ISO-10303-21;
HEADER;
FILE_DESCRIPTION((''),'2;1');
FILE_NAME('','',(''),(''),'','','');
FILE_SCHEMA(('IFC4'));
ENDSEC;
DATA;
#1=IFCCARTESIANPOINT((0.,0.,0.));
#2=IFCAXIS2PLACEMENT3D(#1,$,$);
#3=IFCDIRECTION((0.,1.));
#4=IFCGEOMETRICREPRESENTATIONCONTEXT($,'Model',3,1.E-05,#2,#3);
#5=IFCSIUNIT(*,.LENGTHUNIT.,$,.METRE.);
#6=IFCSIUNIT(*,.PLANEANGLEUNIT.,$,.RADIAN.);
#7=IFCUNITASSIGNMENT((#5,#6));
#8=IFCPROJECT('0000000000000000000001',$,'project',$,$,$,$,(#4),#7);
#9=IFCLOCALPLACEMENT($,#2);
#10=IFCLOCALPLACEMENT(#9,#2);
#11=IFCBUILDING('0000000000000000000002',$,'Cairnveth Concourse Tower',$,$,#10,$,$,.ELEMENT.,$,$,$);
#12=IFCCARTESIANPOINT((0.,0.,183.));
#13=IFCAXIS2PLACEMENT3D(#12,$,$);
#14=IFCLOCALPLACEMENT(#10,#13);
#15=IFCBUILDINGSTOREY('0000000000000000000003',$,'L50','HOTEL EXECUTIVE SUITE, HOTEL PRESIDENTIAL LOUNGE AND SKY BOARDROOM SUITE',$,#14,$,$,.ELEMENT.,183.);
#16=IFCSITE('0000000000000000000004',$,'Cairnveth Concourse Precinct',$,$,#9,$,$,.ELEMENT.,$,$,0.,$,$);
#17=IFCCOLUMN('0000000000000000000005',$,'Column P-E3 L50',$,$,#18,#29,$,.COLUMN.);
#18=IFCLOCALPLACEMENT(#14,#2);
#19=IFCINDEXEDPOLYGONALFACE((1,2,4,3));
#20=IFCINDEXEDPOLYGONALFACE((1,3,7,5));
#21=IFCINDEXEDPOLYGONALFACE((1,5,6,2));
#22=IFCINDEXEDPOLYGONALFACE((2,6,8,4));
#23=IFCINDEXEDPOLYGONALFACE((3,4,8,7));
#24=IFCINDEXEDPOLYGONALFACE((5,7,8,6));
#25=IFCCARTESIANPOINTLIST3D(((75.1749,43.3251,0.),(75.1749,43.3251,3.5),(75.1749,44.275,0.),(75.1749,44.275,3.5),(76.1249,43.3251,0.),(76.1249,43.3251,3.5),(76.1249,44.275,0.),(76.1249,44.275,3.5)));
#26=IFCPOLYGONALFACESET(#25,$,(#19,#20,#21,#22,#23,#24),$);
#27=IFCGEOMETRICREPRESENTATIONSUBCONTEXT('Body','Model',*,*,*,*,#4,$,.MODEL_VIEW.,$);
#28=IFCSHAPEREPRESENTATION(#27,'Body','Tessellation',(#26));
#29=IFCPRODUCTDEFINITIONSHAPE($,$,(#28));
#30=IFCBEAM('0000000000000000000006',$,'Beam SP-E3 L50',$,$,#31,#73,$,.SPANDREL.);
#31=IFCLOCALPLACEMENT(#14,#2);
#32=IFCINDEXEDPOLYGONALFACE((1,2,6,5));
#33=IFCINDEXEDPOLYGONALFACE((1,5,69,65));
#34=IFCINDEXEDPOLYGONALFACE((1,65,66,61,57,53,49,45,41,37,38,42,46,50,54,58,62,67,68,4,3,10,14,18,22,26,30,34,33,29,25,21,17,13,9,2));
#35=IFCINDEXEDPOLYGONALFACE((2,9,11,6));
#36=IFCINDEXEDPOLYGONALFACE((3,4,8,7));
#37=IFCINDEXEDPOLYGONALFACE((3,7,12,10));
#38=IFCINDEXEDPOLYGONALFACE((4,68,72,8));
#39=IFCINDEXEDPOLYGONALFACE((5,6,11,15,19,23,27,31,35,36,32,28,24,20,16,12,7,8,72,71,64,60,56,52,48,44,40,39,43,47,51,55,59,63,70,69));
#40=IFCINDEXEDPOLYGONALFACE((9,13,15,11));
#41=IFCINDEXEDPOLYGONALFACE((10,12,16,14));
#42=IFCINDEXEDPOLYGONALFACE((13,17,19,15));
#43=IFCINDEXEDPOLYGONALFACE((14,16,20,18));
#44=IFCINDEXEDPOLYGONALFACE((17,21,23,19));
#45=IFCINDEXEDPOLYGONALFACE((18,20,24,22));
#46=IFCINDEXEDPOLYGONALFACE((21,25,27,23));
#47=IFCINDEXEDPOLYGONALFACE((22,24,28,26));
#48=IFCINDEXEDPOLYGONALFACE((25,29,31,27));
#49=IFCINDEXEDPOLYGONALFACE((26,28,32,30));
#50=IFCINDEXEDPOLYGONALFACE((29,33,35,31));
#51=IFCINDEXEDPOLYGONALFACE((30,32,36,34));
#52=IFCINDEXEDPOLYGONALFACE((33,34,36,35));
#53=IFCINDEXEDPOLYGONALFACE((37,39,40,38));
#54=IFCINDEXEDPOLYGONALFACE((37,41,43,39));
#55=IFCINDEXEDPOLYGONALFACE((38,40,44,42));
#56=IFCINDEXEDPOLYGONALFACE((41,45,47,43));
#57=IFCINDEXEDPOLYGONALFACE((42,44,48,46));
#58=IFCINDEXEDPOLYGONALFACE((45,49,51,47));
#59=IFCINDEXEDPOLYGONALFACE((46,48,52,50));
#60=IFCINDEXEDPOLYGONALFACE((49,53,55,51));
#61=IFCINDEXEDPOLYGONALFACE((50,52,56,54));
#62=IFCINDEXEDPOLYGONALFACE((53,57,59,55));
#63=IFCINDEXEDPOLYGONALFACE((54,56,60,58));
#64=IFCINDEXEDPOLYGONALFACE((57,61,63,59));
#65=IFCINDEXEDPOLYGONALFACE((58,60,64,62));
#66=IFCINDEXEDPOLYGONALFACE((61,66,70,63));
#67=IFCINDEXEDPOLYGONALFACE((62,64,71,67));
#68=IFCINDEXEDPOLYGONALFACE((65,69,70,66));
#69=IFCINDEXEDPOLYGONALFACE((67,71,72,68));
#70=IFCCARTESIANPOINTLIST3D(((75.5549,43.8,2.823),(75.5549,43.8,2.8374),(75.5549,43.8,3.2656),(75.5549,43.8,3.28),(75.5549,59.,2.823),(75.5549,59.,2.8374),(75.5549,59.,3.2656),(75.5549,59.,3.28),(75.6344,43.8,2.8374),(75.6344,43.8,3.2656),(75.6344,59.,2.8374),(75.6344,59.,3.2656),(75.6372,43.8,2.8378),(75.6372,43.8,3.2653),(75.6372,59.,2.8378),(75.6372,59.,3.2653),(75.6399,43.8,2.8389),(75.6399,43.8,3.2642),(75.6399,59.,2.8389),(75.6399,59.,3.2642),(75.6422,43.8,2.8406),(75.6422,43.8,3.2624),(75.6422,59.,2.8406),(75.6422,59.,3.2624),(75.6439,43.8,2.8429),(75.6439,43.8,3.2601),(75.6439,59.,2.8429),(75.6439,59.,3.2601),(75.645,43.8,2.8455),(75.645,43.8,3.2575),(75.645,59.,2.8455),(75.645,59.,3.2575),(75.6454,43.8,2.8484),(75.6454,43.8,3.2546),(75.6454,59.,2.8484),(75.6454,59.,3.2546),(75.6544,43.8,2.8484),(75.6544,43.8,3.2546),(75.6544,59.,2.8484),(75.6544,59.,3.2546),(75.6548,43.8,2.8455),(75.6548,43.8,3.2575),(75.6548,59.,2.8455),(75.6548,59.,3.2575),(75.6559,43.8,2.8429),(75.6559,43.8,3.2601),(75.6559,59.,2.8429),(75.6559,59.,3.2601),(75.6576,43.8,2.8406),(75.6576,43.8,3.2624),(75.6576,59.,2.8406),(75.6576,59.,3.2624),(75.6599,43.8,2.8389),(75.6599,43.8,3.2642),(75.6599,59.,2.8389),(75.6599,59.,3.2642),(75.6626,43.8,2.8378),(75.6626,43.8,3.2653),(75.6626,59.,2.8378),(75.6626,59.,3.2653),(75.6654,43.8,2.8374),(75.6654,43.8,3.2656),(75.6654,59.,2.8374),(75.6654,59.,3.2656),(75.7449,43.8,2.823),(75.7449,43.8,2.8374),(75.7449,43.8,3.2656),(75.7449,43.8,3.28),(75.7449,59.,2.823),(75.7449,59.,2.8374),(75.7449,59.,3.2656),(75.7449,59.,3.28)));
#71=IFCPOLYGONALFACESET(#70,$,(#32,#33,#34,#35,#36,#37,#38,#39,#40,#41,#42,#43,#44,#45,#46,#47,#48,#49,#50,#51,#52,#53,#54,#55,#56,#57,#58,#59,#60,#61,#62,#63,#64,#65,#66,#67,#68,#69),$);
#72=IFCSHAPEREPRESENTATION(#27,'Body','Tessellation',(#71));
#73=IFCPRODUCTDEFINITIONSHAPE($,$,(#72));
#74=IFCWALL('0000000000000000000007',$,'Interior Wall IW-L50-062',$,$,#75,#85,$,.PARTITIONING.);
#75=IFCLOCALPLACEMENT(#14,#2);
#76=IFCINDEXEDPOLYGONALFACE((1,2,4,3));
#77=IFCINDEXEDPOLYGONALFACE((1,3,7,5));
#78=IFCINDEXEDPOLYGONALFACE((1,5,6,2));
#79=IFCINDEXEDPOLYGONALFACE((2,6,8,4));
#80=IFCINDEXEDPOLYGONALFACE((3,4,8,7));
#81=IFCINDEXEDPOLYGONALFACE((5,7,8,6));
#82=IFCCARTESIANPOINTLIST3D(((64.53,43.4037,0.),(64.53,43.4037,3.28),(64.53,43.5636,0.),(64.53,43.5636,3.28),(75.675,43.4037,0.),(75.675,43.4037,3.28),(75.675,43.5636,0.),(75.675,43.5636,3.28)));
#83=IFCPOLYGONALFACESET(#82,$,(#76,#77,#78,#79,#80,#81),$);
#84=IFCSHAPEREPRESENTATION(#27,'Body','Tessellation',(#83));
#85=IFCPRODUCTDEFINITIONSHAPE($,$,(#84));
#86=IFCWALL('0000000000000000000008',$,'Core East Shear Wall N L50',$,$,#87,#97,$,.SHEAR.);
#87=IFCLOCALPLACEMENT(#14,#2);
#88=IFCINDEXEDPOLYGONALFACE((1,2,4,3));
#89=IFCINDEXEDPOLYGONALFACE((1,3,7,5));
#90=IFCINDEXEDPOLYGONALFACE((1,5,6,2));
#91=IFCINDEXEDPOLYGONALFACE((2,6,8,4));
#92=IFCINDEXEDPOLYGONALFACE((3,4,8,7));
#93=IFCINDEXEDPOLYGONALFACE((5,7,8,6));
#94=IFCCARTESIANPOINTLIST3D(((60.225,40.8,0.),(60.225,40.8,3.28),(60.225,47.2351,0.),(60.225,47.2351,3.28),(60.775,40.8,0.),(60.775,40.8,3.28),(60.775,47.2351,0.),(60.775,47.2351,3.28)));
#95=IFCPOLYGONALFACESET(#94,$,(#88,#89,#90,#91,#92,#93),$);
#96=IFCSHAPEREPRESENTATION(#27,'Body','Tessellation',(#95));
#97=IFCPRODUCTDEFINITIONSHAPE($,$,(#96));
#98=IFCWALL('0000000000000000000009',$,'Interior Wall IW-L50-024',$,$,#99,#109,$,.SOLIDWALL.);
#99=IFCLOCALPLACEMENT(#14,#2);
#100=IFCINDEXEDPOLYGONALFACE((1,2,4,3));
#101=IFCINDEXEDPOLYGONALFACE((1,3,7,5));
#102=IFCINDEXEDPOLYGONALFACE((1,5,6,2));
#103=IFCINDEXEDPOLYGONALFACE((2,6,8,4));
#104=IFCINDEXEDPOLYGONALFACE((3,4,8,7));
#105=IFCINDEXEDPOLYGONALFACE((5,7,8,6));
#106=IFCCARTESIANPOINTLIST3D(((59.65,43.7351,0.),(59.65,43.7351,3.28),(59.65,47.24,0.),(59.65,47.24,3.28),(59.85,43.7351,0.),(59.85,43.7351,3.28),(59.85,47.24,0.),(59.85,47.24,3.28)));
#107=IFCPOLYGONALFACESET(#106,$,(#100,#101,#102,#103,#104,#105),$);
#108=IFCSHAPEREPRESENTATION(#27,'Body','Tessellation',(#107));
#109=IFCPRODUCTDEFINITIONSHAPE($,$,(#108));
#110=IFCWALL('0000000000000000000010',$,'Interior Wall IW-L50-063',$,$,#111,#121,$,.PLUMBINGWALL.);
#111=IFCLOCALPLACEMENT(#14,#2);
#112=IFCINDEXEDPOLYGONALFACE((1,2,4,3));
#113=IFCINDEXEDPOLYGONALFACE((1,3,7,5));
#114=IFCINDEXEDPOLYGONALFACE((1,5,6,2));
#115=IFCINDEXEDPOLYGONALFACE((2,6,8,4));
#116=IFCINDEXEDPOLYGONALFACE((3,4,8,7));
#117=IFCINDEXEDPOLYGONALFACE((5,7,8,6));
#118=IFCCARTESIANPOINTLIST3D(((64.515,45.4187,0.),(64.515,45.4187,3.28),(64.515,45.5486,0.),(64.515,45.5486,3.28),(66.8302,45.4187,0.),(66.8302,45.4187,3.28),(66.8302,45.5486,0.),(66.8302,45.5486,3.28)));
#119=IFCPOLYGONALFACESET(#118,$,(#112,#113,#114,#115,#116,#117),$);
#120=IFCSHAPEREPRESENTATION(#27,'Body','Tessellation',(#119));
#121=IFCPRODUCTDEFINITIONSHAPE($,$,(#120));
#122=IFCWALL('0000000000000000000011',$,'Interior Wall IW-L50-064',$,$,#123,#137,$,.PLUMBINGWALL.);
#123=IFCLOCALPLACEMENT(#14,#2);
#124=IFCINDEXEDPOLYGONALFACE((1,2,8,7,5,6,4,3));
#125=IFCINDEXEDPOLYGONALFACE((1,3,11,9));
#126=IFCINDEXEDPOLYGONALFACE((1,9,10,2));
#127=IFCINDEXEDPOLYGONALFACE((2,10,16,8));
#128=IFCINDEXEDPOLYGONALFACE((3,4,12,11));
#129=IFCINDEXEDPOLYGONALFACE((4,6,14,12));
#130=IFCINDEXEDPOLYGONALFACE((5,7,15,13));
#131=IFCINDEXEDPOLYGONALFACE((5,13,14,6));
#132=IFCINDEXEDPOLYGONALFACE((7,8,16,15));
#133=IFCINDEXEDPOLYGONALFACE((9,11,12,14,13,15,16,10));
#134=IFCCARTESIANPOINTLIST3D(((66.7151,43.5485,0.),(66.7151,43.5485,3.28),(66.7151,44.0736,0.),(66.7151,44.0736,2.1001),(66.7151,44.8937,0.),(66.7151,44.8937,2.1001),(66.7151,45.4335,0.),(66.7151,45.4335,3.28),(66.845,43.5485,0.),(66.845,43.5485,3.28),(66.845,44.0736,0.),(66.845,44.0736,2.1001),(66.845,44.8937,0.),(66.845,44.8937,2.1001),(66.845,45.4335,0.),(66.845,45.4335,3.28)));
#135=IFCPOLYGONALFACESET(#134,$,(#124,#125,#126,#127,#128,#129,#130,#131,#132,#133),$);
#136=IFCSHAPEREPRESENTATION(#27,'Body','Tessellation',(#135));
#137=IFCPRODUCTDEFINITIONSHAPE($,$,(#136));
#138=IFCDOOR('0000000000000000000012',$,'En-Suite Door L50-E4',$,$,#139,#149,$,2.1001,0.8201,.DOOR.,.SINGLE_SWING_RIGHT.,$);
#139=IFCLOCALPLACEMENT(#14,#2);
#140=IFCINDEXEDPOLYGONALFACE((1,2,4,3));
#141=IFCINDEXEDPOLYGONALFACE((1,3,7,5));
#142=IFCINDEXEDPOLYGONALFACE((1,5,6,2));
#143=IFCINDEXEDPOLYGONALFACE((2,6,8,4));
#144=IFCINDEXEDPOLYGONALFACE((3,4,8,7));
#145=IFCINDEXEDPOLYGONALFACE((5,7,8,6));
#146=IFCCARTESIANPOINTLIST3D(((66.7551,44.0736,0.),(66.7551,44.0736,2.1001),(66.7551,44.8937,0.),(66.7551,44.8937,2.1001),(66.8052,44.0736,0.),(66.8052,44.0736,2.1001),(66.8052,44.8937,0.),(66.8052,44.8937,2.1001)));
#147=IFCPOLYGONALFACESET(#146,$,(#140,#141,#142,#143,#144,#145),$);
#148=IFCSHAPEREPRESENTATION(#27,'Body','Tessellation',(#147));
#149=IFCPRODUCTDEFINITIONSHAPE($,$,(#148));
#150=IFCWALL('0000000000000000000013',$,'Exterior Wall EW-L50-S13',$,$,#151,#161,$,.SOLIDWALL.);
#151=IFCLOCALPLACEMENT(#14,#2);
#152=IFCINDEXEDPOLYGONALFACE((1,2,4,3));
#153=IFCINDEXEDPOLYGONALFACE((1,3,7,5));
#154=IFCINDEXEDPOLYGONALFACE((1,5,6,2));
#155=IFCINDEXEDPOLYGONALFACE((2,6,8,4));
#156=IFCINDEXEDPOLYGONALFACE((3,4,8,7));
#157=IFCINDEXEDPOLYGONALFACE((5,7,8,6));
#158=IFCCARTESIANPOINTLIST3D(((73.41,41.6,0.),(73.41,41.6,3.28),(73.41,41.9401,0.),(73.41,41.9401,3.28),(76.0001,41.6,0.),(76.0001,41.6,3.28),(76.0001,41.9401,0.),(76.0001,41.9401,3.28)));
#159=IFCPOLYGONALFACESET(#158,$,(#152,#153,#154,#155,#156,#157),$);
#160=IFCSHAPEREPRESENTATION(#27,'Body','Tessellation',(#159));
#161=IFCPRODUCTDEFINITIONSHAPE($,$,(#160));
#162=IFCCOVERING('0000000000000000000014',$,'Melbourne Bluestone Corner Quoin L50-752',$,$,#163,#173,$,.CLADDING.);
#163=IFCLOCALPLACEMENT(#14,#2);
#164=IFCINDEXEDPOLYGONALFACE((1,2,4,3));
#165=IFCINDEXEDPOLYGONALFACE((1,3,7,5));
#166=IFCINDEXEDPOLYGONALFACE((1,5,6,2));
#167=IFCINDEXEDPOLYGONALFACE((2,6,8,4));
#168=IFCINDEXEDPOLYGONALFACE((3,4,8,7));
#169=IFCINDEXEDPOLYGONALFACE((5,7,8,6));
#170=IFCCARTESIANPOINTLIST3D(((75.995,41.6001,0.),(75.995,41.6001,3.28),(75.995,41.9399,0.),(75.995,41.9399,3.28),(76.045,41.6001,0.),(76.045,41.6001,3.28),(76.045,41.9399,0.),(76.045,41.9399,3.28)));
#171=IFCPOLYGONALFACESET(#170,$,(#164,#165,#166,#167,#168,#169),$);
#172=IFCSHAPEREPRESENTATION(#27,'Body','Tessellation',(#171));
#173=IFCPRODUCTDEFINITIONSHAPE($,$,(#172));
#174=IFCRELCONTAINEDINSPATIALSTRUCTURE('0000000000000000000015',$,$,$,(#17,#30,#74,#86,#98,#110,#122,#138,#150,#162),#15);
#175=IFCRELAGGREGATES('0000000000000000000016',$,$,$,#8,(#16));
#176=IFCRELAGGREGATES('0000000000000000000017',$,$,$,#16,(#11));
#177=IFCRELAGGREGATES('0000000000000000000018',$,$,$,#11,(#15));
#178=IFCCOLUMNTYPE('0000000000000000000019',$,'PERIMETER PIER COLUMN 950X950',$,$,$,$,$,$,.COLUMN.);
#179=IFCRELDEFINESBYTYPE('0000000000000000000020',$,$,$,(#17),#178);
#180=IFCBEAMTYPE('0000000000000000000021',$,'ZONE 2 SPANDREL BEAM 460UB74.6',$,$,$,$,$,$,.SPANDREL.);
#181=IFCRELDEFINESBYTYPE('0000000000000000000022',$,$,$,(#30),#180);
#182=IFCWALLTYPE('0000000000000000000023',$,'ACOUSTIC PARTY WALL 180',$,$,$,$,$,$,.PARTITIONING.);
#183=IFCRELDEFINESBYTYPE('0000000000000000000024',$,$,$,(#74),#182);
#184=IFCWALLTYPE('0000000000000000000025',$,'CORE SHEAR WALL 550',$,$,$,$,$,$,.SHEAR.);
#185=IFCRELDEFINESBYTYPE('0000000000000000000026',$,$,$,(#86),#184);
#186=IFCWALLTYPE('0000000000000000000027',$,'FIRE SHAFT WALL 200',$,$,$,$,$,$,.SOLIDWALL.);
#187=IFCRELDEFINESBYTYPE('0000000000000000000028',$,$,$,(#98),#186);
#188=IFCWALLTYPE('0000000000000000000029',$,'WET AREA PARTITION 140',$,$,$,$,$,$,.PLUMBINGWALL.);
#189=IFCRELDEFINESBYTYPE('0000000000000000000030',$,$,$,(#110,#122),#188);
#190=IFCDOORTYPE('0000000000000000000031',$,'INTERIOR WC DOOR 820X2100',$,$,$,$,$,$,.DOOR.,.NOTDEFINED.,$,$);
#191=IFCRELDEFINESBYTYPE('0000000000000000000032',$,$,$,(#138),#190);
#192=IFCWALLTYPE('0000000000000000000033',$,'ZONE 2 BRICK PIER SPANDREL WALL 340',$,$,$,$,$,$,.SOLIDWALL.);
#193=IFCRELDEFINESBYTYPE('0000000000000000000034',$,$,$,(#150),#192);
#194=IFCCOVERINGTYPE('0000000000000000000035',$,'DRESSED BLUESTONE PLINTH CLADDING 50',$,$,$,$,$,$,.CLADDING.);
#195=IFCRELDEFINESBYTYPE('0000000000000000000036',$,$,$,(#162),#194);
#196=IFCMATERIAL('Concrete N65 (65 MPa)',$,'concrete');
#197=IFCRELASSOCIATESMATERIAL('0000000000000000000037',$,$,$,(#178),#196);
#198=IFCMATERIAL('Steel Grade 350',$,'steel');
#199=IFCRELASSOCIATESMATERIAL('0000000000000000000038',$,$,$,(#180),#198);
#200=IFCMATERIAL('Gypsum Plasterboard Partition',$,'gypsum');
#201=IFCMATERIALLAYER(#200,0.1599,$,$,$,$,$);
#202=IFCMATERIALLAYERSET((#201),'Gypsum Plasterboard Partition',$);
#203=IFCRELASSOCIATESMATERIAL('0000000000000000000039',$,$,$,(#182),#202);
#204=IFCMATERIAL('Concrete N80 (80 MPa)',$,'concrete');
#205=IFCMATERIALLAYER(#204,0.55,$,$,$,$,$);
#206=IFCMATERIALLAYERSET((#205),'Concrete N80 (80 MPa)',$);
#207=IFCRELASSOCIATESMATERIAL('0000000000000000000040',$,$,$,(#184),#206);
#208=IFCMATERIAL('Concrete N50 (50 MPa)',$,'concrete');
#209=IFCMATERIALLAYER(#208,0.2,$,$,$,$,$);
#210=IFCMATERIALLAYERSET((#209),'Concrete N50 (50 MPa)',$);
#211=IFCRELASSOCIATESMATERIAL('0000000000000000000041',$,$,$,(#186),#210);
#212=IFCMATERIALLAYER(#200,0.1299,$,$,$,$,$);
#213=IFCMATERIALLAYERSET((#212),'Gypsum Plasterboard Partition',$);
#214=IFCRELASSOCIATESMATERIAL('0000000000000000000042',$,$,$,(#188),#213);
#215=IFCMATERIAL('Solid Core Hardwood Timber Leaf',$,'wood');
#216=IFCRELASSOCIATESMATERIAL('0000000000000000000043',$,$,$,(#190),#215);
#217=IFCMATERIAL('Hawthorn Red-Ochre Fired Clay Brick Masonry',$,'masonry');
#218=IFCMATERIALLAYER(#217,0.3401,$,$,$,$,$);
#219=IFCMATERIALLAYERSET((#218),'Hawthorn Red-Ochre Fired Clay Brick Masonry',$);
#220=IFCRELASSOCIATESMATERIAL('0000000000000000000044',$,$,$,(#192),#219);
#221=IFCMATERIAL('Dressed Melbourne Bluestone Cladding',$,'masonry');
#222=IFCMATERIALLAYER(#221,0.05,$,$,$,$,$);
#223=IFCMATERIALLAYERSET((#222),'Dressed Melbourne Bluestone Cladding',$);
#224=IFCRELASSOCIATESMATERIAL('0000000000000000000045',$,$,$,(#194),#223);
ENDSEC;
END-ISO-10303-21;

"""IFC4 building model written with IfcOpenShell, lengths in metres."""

from ifc_helpers import new_model, si_unit, direction, frame, frame_2d, origin, origin_2d, place, context, subcontext, project, spatial, rectangle, i_section, extrude, material, layer, layer_set, material_profile, profile_set, type_object, element, fill, save


model = new_model("IFC4")

# Units and contexts
model_context = context("Model", 3, precision=1e-05, world=origin(), true_north=direction((0.0, 1.0)))
body_context = subcontext(model_context, "Body", "Model", "MODEL_VIEW")
ifc_project = project(units=[si_unit("LENGTHUNIT", "METRE"), si_unit("PLANEANGLEUNIT", "RADIAN")], contexts=[model_context])

# Site, building, storey
site_placement = place(None, origin())
site = spatial("IfcSite", under=ifc_project, at=site_placement, Name="Cairnveth Concourse Precinct", CompositionType="ELEMENT", RefElevation=0.0)
building_placement = place(site_placement, origin())
building = spatial("IfcBuilding", under=site, at=building_placement, Name="Cairnveth Concourse Tower", CompositionType="ELEMENT")
storey_placement = place(building_placement, frame((0.0, 0.0, 183.0)))
storey = spatial("IfcBuildingStorey", under=building, at=storey_placement, Name="L50", Description="HOTEL EXECUTIVE SUITE, HOTEL PRESIDENTIAL LOUNGE AND SKY BOARDROOM SUITE", CompositionType="ELEMENT", Elevation=183.0)

# Column
ifc_material_1 = material(Name="Concrete N65 (65 MPa)", Category="concrete")
ifc_material_profile_1 = material_profile(ifc_material_1, rectangle(XDim=0.95, YDim=0.95, at=origin_2d()), Name="RC-COL-950x950")
ifc_profile_set_1 = profile_set([ifc_material_profile_1], Name="Concrete N65 (65 MPa)")
column_type = type_object("IfcColumnType", Name="PERIMETER PIER COLUMN 950X950", PredefinedType="COLUMN", material=ifc_profile_set_1)
column_placement = place(storey_placement, frame((75.6499, 43.8, 0.0), z_axis=(0.0, 0.0, 1.0), x_axis=(0.0, 1.0, 0.0)))
element("IfcColumn", 1, at=column_placement, inside=storey, type_object=column_type, Name="Column P-E3 L50", PredefinedType="COLUMN", context=body_context, shape_type="SweptSolid", body=[
    extrude(rectangle(XDim=0.95, YDim=0.95, at=origin_2d()), origin(), (0.0, 0.0, 1.0), 3.5),
])

# Beam
ifc_material_2 = material(Name="Steel Grade 350", Category="steel")
ifc_material_profile_2 = material_profile(ifc_material_2, i_section(OverallWidth=0.1899, OverallDepth=0.457, WebThickness=0.009, FlangeThickness=0.0144, FilletRadius=0.011, at=origin_2d()), Name="460UB74.6")
ifc_profile_set_2 = profile_set([ifc_material_profile_2], Name="Steel Grade 350")
beam_type = type_object("IfcBeamType", Name="ZONE 2 SPANDREL BEAM 460UB74.6", PredefinedType="SPANDREL", material=ifc_profile_set_2)
beam_placement = place(storey_placement, frame((75.6499, 43.8, 3.0515), z_axis=(0.0, 1.0, 0.0), x_axis=(-1.0, 0.0, 0.0)))
element("IfcBeam", 2, at=beam_placement, inside=storey, type_object=beam_type, Name="Beam SP-E3 L50", PredefinedType="SPANDREL", context=body_context, shape_type="SweptSolid", body=[
    extrude(i_section(OverallWidth=0.1899, OverallDepth=0.457, WebThickness=0.009, FlangeThickness=0.0144, FilletRadius=0.011, at=origin_2d()), origin(), (0.0, 0.0, 1.0), 15.2),
])

# Walls
ifc_material_3 = material(Name="Gypsum Plasterboard Partition", Category="gypsum")
ifc_layer_1 = layer(ifc_material_3, 0.1599)
ifc_layer_set_1 = layer_set([ifc_layer_1], Name="Gypsum Plasterboard Partition")
wall_type_1 = type_object("IfcWallType", Name="ACOUSTIC PARTY WALL 180", PredefinedType="PARTITIONING", material=ifc_layer_set_1)
wall_1_placement = place(storey_placement, frame((64.53, 43.4836, 0.0), z_axis=(0.0, 0.0, 1.0), x_axis=(1.0, 0.0, 0.0)))
element("IfcWall", 3, at=wall_1_placement, inside=storey, type_object=wall_type_1, Name="Interior Wall IW-L50-062", PredefinedType="PARTITIONING", context=body_context, shape_type="SweptSolid", body=[
    extrude(rectangle(XDim=11.145, YDim=0.1599, at=frame_2d((5.5725, 0.0))), origin(), (0.0, 0.0, 1.0), 3.28),
])
ifc_material_4 = material(Name="Concrete N80 (80 MPa)", Category="concrete")
ifc_layer_2 = layer(ifc_material_4, 0.55)
ifc_layer_set_2 = layer_set([ifc_layer_2], Name="Concrete N80 (80 MPa)")
wall_type_2 = type_object("IfcWallType", Name="CORE SHEAR WALL 550", PredefinedType="SHEAR", material=ifc_layer_set_2)
wall_2_placement = place(storey_placement, frame((60.5, 40.8, 0.0), z_axis=(0.0, 0.0, 1.0), x_axis=(0.0, 1.0, 0.0)))
element("IfcWall", 4, at=wall_2_placement, inside=storey, type_object=wall_type_2, Name="Core East Shear Wall N L50", PredefinedType="SHEAR", context=body_context, shape_type="SweptSolid", body=[
    extrude(rectangle(XDim=6.4351, YDim=0.55, at=frame_2d((3.2175, 0.0))), origin(), (0.0, 0.0, 1.0), 3.28),
])

# Shared definitions
ifc_material_5 = material(Name="Concrete N50 (50 MPa)", Category="concrete")
ifc_layer_3 = layer(ifc_material_5, 0.2)
ifc_layer_set_3 = layer_set([ifc_layer_3], Name="Concrete N50 (50 MPa)")
wall_type_3 = type_object("IfcWallType", Name="FIRE SHAFT WALL 200", PredefinedType="SOLIDWALL", material=ifc_layer_set_3)

# Walls
wall_3_placement = place(storey_placement, frame((59.75, 43.7351, 0.0), z_axis=(0.0, 0.0, 1.0), x_axis=(0.0, 1.0, 0.0)))
element("IfcWall", 5, at=wall_3_placement, inside=storey, type_object=wall_type_3, Name="Interior Wall IW-L50-024", PredefinedType="SOLIDWALL", context=body_context, shape_type="SweptSolid", body=[
    extrude(rectangle(XDim=3.5049, YDim=0.2, at=frame_2d((1.7524, 0.0))), origin(), (0.0, 0.0, 1.0), 3.28),
])
ifc_layer_4 = layer(ifc_material_3, 0.1299)
ifc_layer_set_4 = layer_set([ifc_layer_4], Name="Gypsum Plasterboard Partition")
wall_type_4 = type_object("IfcWallType", Name="WET AREA PARTITION 140", PredefinedType="PLUMBINGWALL", material=ifc_layer_set_4)
wall_4_placement = place(storey_placement, frame((64.5149, 45.4836, 0.0), z_axis=(0.0, 0.0, 1.0), x_axis=(1.0, 0.0, 0.0)))
element("IfcWall", 6, at=wall_4_placement, inside=storey, type_object=wall_type_4, Name="Interior Wall IW-L50-063", PredefinedType="PLUMBINGWALL", context=body_context, shape_type="SweptSolid", body=[
    extrude(rectangle(XDim=2.3152, YDim=0.1299, at=frame_2d((1.1577, 0.0))), origin(), (0.0, 0.0, 1.0), 3.28),
])

# Wall, opening, door
wall_5_placement = place(storey_placement, frame((66.78, 43.5486, 0.0), z_axis=(0.0, 0.0, 1.0), x_axis=(0.0, 1.0, 0.0)))
wall_5 = element("IfcWall", 7, at=wall_5_placement, inside=storey, type_object=wall_type_4, Name="Interior Wall IW-L50-064", PredefinedType="PLUMBINGWALL", context=body_context, shape_type="SweptSolid", body=[
    extrude(rectangle(XDim=1.885, YDim=0.1299, at=frame_2d((0.9424, 0.0))), origin(), (0.0, 0.0, 1.0), 3.28),
])
opening_1_placement = place(wall_5_placement, frame((0.5249, 0.0, 0.0)))
opening_1 = element("IfcOpeningElement", 8, at=opening_1_placement, cuts=wall_5, PredefinedType="OPENING", context=body_context, shape_type="SweptSolid", body=[
    extrude(rectangle(XDim=0.8201, YDim=2.1001, at=frame_2d((0.4102, 1.05))), frame((0.0, 0.075, 0.0), z_axis=(0.0, -1.0, 0.0), x_axis=(1.0, 0.0, 0.0)), (0.0, 0.0, 1.0), 0.1499),
])
ifc_material_6 = material(Name="Solid Core Hardwood Timber Leaf", Category="wood")
door_type_1 = type_object("IfcDoorType", Name="INTERIOR WC DOOR 820X2100", OperationType="NOTDEFINED", PredefinedType="DOOR", material=ifc_material_6)
door_1_placement = place(opening_1_placement, origin())
door_1 = element("IfcDoor", 9, at=door_1_placement, inside=storey, type_object=door_type_1, Name="En-Suite Door L50-E4", OperationType="SINGLE_SWING_RIGHT", OverallHeight=2.1001, OverallWidth=0.8201, PredefinedType="DOOR", context=body_context, shape_type="SweptSolid", body=[
    extrude(rectangle(XDim=0.8201, YDim=2.1001, at=frame_2d((0.4102, 1.05))), frame((0.0, 0.0249, 0.0), z_axis=(0.0, -1.0, 0.0), x_axis=(1.0, 0.0, 0.0)), (0.0, 0.0, 1.0), 0.05),
])
fill(opening_1, door_1)

# Wall
ifc_material_7 = material(Name="Hawthorn Red-Ochre Fired Clay Brick Masonry", Category="masonry")
ifc_layer_5 = layer(ifc_material_7, 0.3401)
ifc_layer_set_5 = layer_set([ifc_layer_5], Name="Hawthorn Red-Ochre Fired Clay Brick Masonry")
wall_type_5 = type_object("IfcWallType", Name="ZONE 2 BRICK PIER SPANDREL WALL 340", PredefinedType="SOLIDWALL", material=ifc_layer_set_5)
wall_6_placement = place(storey_placement, frame((76.0, 41.77, 0.0), z_axis=(0.0, 0.0, 1.0), x_axis=(-1.0, 0.0, 0.0)))
element("IfcWall", 10, at=wall_6_placement, inside=storey, type_object=wall_type_5, Name="Exterior Wall EW-L50-S13", PredefinedType="SOLIDWALL", context=body_context, shape_type="SweptSolid", body=[
    extrude(rectangle(XDim=2.5901, YDim=0.3401, at=frame_2d((1.2949, 0.0))), origin(), (0.0, 0.0, 1.0), 3.28),
])

# Covering
ifc_material_8 = material(Name="Dressed Melbourne Bluestone Cladding", Category="masonry")
ifc_layer_6 = layer(ifc_material_8, 0.05)
ifc_layer_set_6 = layer_set([ifc_layer_6], Name="Dressed Melbourne Bluestone Cladding")
covering_type = type_object("IfcCoveringType", Name="DRESSED BLUESTONE PLINTH CLADDING 50", PredefinedType="CLADDING", material=ifc_layer_set_6)
for number, where, z_axis, x_axis, name in (
    (11, (76.02, 41.9399, 0.0), (0.0, 0.0, 1.0), (0.0, -1.0, 0.0), "Melbourne Bluestone Corner Quoin L50-752"),
):
    element("IfcCovering", number, at=place(storey_placement, frame(where, z_axis=z_axis, x_axis=x_axis)), inside=storey, type_object=covering_type, Name=name, PredefinedType="CLADDING", context=body_context, shape_type="SweptSolid", body=[
        extrude(rectangle(XDim=0.3398, YDim=0.05, at=frame_2d((0.1699, 0.0))), origin(), (0.0, 0.0, 1.0), 3.28),
    ])

save(model, "model.ifc")
